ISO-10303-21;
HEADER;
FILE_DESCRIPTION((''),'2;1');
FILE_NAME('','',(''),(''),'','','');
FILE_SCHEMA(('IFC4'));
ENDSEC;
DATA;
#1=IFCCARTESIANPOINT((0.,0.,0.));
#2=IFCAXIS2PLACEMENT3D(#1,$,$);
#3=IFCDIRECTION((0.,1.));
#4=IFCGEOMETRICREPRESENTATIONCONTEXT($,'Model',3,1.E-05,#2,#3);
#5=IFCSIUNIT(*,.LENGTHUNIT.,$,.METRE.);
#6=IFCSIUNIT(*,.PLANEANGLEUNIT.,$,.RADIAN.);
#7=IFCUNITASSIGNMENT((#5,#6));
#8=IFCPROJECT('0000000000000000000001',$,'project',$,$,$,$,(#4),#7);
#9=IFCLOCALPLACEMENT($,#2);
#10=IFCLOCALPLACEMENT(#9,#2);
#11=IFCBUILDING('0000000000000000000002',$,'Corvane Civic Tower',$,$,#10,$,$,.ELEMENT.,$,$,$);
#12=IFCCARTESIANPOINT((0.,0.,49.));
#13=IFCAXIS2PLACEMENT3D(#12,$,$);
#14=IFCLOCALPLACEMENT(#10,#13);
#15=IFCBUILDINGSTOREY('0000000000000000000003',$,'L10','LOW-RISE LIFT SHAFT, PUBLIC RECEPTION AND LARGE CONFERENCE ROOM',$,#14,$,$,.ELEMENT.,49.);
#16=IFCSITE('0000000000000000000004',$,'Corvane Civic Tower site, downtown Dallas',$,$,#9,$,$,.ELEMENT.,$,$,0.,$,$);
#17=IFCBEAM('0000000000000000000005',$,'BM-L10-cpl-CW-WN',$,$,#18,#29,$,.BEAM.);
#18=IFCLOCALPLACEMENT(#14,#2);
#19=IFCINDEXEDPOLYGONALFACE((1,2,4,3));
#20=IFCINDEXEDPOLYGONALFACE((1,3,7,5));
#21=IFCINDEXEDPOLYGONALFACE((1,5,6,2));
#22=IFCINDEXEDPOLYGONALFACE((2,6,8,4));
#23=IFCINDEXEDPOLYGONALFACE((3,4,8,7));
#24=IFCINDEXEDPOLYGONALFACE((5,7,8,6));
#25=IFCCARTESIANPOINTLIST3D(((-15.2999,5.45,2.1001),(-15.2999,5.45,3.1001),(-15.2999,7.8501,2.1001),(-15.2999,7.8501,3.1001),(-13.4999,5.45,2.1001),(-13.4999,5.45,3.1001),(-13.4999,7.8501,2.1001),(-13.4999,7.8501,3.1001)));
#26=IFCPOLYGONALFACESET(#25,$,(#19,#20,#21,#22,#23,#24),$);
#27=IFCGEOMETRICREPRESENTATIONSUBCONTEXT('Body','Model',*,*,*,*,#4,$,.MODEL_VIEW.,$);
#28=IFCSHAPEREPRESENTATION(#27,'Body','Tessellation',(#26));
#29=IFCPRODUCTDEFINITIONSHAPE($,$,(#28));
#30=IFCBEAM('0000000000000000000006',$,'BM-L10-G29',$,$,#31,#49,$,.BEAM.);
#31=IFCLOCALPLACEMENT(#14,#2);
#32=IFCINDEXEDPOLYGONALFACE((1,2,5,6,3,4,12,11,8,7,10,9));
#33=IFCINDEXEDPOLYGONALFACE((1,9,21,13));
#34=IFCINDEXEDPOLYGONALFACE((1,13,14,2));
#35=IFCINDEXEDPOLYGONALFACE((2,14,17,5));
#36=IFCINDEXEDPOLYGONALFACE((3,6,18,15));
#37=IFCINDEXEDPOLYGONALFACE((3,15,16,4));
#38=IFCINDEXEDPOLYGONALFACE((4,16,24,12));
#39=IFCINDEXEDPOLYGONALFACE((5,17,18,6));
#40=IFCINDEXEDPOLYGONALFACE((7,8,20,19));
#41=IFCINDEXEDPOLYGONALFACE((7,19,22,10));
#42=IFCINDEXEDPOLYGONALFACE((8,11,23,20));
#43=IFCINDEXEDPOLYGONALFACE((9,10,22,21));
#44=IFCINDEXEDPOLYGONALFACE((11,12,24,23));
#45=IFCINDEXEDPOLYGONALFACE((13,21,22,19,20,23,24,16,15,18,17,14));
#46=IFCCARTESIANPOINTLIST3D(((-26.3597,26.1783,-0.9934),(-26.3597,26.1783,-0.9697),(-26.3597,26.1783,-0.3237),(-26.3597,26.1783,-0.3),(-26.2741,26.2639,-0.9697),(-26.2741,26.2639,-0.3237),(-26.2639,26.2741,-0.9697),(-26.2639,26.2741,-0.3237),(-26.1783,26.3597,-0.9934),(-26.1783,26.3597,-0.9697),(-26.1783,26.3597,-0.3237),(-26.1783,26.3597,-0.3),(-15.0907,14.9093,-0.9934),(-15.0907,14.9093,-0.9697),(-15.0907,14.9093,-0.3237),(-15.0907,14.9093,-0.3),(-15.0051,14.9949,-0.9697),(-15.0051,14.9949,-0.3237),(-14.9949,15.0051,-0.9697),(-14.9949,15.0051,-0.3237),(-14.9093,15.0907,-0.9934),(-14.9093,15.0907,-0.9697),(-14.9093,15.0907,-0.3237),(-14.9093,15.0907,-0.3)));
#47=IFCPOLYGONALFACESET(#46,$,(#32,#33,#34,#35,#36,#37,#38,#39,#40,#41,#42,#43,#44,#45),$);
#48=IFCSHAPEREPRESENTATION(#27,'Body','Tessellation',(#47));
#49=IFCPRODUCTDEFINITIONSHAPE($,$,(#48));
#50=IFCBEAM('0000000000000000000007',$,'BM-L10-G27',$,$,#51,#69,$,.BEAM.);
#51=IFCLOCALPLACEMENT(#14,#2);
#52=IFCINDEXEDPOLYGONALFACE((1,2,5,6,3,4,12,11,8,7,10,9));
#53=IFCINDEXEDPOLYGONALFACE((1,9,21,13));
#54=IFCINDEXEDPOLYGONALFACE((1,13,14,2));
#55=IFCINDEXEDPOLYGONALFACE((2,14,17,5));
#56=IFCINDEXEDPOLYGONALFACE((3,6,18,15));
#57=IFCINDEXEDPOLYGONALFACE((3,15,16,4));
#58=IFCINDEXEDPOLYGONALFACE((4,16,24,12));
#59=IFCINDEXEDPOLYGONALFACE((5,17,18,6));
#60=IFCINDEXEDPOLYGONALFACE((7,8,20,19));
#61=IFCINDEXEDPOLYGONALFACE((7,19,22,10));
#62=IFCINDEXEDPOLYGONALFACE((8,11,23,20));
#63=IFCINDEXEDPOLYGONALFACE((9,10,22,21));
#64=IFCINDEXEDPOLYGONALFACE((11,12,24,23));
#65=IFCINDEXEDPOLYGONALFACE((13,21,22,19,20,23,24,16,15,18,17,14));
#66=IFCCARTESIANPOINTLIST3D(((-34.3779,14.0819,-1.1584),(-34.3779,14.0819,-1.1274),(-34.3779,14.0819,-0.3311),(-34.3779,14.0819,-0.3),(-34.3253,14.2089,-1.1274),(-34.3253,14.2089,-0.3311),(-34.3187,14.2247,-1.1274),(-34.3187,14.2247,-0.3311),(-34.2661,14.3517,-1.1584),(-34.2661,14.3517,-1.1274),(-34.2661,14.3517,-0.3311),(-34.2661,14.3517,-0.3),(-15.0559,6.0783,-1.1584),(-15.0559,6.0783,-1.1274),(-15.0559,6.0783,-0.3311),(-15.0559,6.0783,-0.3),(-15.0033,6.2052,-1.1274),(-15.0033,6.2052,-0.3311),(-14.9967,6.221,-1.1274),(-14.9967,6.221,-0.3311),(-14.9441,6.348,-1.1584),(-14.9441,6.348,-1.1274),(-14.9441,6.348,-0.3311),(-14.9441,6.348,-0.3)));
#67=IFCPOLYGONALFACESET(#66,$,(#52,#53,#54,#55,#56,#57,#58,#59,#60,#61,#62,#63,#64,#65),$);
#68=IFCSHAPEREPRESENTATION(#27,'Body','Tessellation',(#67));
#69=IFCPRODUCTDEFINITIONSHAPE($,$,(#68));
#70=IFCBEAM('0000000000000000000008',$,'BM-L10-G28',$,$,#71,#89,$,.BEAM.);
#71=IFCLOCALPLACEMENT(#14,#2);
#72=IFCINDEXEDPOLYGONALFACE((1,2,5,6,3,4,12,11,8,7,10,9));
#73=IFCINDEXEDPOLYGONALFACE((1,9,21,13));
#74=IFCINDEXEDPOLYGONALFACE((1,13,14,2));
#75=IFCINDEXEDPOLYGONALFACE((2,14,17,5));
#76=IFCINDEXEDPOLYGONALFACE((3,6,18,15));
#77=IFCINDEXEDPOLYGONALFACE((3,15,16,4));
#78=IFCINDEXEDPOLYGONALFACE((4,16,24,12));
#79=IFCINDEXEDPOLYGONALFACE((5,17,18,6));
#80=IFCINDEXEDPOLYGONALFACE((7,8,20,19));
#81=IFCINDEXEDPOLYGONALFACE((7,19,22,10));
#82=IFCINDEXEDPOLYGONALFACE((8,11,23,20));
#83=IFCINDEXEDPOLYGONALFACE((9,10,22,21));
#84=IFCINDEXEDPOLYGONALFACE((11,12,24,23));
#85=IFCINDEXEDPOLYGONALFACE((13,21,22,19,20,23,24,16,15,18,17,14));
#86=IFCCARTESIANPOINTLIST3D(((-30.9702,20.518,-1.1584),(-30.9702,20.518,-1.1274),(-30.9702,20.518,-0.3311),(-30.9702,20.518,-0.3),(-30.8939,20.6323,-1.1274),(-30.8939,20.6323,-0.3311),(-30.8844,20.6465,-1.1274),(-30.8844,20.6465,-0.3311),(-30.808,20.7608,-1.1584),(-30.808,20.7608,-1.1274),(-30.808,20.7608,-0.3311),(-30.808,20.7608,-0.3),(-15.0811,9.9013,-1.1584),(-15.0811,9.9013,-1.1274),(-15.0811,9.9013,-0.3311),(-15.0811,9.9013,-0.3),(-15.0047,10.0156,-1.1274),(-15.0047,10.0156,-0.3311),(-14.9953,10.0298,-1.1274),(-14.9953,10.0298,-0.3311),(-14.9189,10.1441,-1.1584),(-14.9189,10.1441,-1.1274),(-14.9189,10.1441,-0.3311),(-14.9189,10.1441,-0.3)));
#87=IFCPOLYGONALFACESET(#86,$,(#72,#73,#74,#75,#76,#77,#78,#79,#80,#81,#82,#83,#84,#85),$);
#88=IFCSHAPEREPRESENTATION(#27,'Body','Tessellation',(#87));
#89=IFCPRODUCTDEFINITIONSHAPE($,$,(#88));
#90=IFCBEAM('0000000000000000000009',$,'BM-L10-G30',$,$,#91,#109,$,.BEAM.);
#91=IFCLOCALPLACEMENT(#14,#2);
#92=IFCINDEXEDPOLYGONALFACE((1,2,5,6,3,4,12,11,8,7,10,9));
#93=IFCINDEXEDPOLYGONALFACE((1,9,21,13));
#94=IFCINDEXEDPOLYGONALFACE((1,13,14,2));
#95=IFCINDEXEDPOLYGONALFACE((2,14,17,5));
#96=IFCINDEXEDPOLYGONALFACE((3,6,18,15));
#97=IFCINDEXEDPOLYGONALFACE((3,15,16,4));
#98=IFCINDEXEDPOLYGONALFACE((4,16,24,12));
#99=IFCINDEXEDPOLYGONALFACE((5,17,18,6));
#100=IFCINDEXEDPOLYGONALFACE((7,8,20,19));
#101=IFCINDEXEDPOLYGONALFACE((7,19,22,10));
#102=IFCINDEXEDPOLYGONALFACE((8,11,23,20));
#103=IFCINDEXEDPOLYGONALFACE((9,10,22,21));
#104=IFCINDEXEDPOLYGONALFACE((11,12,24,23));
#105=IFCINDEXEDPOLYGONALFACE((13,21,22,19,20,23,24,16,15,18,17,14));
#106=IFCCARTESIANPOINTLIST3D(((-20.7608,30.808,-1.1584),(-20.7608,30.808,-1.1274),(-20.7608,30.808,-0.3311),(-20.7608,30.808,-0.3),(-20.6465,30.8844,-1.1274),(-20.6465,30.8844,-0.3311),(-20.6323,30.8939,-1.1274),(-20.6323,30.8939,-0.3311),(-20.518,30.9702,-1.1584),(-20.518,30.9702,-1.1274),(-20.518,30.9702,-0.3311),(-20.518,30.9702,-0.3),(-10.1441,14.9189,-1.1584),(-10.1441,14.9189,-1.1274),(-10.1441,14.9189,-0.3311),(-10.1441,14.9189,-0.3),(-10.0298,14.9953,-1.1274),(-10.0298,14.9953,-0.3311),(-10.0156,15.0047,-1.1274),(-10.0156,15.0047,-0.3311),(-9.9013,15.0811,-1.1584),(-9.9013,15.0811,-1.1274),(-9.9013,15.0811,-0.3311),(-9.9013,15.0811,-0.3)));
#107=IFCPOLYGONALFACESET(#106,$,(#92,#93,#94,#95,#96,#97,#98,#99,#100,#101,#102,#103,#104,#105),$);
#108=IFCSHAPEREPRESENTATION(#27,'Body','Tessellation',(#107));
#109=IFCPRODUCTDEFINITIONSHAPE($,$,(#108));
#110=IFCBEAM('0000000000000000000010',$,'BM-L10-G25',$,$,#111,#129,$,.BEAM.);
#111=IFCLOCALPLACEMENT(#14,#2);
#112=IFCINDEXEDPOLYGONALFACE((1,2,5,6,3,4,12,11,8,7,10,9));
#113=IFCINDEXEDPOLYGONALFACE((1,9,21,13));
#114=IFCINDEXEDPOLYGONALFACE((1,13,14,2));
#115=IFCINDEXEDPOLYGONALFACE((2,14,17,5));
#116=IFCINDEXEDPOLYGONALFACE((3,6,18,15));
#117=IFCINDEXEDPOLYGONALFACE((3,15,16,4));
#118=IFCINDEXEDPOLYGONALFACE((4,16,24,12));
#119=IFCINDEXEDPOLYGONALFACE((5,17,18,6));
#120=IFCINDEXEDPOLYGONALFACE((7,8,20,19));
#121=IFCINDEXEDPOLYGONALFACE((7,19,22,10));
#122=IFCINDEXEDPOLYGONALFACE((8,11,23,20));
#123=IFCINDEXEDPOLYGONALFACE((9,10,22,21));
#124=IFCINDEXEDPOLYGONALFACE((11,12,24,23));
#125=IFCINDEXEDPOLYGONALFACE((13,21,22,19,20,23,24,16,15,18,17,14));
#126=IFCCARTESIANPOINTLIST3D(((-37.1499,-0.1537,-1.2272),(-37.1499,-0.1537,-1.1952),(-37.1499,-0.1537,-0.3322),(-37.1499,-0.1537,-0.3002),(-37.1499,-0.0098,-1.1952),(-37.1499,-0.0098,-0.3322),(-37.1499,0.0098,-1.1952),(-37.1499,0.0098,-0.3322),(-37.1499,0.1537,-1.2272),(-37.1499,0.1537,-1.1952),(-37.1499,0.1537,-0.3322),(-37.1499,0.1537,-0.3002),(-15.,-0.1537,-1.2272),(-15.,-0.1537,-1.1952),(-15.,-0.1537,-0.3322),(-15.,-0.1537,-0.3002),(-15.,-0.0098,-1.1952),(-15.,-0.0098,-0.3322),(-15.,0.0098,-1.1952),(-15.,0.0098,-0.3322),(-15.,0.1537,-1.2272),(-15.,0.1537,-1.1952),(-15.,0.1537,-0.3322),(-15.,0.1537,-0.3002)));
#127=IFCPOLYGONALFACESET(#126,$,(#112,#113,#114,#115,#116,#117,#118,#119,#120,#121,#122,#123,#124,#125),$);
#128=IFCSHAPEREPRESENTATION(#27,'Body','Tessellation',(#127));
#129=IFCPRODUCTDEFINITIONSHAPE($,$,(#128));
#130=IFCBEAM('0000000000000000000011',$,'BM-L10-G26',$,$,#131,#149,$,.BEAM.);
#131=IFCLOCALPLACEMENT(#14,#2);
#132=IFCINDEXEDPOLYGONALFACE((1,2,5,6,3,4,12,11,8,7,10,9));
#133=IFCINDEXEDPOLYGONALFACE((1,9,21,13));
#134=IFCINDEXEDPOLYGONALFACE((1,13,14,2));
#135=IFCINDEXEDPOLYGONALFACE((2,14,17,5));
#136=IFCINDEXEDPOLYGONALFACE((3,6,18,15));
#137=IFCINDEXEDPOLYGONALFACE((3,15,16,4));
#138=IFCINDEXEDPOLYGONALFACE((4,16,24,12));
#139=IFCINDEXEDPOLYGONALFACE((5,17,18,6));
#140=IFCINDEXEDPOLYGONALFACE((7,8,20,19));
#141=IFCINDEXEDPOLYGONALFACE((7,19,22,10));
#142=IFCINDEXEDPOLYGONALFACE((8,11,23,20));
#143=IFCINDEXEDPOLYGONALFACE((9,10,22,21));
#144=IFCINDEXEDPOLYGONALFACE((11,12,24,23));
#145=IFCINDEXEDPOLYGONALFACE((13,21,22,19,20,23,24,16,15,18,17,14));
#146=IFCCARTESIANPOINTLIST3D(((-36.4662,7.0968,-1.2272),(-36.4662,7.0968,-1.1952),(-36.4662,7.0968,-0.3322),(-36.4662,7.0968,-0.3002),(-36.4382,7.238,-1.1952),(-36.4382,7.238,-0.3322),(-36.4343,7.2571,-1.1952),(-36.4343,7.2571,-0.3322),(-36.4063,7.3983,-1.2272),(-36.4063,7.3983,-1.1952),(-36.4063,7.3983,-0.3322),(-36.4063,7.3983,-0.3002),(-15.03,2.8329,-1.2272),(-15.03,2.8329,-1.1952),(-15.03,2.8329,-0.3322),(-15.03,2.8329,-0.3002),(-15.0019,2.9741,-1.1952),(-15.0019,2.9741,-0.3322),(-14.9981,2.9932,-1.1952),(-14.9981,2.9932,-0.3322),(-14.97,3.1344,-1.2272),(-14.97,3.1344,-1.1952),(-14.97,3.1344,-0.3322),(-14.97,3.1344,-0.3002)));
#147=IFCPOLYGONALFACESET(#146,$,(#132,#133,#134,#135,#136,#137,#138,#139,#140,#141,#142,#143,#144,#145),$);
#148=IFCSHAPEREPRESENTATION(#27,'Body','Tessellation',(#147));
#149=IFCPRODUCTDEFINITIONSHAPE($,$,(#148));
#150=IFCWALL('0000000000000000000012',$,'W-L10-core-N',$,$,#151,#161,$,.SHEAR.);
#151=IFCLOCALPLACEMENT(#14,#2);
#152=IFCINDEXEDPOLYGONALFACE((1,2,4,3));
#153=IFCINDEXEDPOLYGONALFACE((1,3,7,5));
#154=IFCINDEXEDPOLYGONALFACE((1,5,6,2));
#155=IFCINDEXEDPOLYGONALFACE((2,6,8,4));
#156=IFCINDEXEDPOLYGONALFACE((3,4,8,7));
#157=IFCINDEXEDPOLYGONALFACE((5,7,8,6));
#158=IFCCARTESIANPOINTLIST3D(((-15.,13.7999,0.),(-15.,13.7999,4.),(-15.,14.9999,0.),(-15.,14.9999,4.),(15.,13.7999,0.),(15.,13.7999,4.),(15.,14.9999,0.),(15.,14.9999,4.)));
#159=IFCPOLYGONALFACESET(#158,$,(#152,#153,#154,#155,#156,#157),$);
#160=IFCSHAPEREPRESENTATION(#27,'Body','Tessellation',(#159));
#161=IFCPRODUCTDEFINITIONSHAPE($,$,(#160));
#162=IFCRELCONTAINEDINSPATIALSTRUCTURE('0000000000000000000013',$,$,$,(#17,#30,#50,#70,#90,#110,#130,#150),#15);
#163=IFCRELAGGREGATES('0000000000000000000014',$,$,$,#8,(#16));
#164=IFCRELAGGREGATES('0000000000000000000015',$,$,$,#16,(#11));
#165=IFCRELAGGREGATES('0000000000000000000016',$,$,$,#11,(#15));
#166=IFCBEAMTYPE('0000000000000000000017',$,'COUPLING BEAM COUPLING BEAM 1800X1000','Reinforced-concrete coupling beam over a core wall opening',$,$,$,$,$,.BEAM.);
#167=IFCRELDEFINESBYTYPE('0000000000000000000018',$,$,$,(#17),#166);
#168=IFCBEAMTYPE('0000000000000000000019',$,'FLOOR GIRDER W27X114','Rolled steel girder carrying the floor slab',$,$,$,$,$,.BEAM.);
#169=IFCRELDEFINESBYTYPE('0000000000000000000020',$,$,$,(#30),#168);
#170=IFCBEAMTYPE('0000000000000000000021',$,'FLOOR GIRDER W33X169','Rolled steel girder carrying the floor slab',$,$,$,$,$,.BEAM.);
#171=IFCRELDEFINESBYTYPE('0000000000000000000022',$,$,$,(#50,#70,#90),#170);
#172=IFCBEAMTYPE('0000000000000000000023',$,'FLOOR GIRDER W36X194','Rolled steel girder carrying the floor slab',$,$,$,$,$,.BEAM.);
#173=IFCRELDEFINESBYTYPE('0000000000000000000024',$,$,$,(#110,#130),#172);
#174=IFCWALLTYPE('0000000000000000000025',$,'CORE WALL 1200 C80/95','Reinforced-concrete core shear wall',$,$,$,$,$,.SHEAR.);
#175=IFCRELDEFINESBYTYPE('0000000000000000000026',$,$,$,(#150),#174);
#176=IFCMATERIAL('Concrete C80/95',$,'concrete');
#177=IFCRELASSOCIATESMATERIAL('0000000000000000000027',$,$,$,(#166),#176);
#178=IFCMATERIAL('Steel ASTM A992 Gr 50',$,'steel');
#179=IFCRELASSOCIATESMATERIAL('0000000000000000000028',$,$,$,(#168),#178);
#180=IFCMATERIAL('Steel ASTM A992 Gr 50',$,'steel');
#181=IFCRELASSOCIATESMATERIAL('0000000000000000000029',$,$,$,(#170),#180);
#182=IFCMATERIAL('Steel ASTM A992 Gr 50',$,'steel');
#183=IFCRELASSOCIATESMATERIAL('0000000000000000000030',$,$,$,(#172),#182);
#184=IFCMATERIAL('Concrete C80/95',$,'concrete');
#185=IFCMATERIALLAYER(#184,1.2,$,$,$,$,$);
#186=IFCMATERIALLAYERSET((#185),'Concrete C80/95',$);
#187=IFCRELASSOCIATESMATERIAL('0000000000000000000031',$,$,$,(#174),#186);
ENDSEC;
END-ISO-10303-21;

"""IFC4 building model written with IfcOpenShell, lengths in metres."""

from ifc_helpers import new_model, si_unit, direction, frame, frame_2d, origin, origin_2d, place, context, subcontext, project, spatial, rectangle, i_section, extrude, material, layer, layer_set, material_profile, profile_set, type_object, element, save


model = new_model("IFC4")

# Units and contexts
model_context = context("Model", 3, precision=1e-05, world=origin(), true_north=direction((0.0, 1.0)))
body_context = subcontext(model_context, "Body", "Model", "MODEL_VIEW")
ifc_project = project(units=[si_unit("LENGTHUNIT", "METRE"), si_unit("PLANEANGLEUNIT", "RADIAN")], contexts=[model_context])

# Site, building, storey
site_placement = place(None, origin())
site = spatial("IfcSite", under=ifc_project, at=site_placement, Name="Corvane Civic Tower site, downtown Dallas", CompositionType="ELEMENT", RefElevation=0.0)
building_placement = place(site_placement, origin())
building = spatial("IfcBuilding", under=site, at=building_placement, Name="Corvane Civic Tower", CompositionType="ELEMENT")
storey_placement = place(building_placement, frame((0.0, 0.0, 49.0)))
storey = spatial("IfcBuildingStorey", under=building, at=storey_placement, Name="L10", Description="LOW-RISE LIFT SHAFT, PUBLIC RECEPTION AND LARGE CONFERENCE ROOM", CompositionType="ELEMENT", Elevation=49.0)

# Beams
ifc_material_1 = material(Name="Concrete C80/95", Category="concrete")
ifc_material_profile_1 = material_profile(ifc_material_1, rectangle(XDim=1.8, YDim=1.0, at=origin_2d()), Name="COUPLING BEAM 1800X1000")
ifc_profile_set_1 = profile_set([ifc_material_profile_1], Name="Concrete C80/95")
beam_type_1 = type_object("IfcBeamType", Name="COUPLING BEAM COUPLING BEAM 1800X1000", Description="Reinforced-concrete coupling beam over a core wall opening", PredefinedType="BEAM", material=ifc_profile_set_1)
beam_1_placement = place(storey_placement, frame((-14.3999, 5.45, 2.6001), z_axis=(0.0, 1.0, 0.0), x_axis=(-1.0, 0.0, 0.0)))
element("IfcBeam", 1, at=beam_1_placement, inside=storey, type_object=beam_type_1, Name="BM-L10-cpl-CW-WN", PredefinedType="BEAM", context=body_context, shape_type="SweptSolid", body=[
    extrude(rectangle(XDim=1.8, YDim=1.0, at=origin_2d()), origin(), (0.0, 0.0, 1.0), 2.4001),
])
ifc_material_2 = material(Name="Steel ASTM A992 Gr 50", Category="steel")
ifc_material_profile_2 = material_profile(ifc_material_2, i_section(OverallWidth=0.2566, OverallDepth=0.6934, WebThickness=0.0144, FlangeThickness=0.0237, at=origin_2d()), Name="W27X114")
ifc_profile_set_2 = profile_set([ifc_material_profile_2], Name="Steel ASTM A992 Gr 50")
beam_type_2 = type_object("IfcBeamType", Name="FLOOR GIRDER W27X114", Description="Rolled steel girder carrying the floor slab", PredefinedType="BEAM", material=ifc_profile_set_2)
beam_2_placement = place(storey_placement, frame((-15.0, 15.0, -0.6467), z_axis=(-0.707107, 0.707107, 0.0), x_axis=(-0.707107, -0.707107, 0.0)))
element("IfcBeam", 2, at=beam_2_placement, inside=storey, type_object=beam_type_2, Name="BM-L10-G29", PredefinedType="BEAM", context=body_context, shape_type="SweptSolid", body=[
    extrude(i_section(OverallWidth=0.2566, OverallDepth=0.6934, WebThickness=0.0144, FlangeThickness=0.0237, at=origin_2d()), origin(), (0.0, 0.0, 1.0), 15.9368),
])
ifc_material_3 = material(Name="Steel ASTM A992 Gr 50", Category="steel")
ifc_material_profile_3 = material_profile(ifc_material_3, i_section(OverallWidth=0.292, OverallDepth=0.8584, WebThickness=0.0171, FlangeThickness=0.031, at=origin_2d()), Name="W33X169")
ifc_profile_set_3 = profile_set([ifc_material_profile_3], Name="Steel ASTM A992 Gr 50")
beam_type_3 = type_object("IfcBeamType", Name="FLOOR GIRDER W33X169", Description="Rolled steel girder carrying the floor slab", PredefinedType="BEAM", material=ifc_profile_set_3)
beam_3_placement = place(storey_placement, frame((-15.0, 6.2131, -0.7292), z_axis=(-0.923876, 0.382692, 0.0), x_axis=(-0.382692, -0.923876, 0.0)))
element("IfcBeam", 3, at=beam_3_placement, inside=storey, type_object=beam_type_3, Name="BM-L10-G27", PredefinedType="BEAM", context=body_context, shape_type="SweptSolid", body=[
    extrude(i_section(OverallWidth=0.292, OverallDepth=0.8584, WebThickness=0.0171, FlangeThickness=0.031, at=origin_2d()), origin(), (0.0, 0.0, 1.0), 20.9141),
])
for number, where, z_axis, x_axis, name in (
    (4, (-15.0, 10.0227, -0.7292), (-0.831472, 0.555567, 0.0), (-0.555567, -0.831472, 0.0), "BM-L10-G28"),
    (5, (-10.0227, 15.0, -0.7292), (-0.555567, 0.831472, 0.0), (-0.831472, -0.555567, 0.0), "BM-L10-G30"),
):
    element("IfcBeam", number, at=place(storey_placement, frame(where, z_axis=z_axis, x_axis=x_axis)), inside=storey, type_object=beam_type_3, Name=name, PredefinedType="BEAM", context=body_context, shape_type="SweptSolid", body=[
        extrude(i_section(OverallWidth=0.292, OverallDepth=0.8584, WebThickness=0.0171, FlangeThickness=0.031, at=origin_2d()), origin(), (0.0, 0.0, 1.0), 19.1096),
    ])
ifc_material_4 = material(Name="Steel ASTM A992 Gr 50", Category="steel")
ifc_material_profile_4 = material_profile(ifc_material_4, i_section(OverallWidth=0.3074, OverallDepth=0.927, WebThickness=0.0195, FlangeThickness=0.032, at=origin_2d()), Name="W36X194")
ifc_profile_set_4 = profile_set([ifc_material_profile_4], Name="Steel ASTM A992 Gr 50")
beam_type_4 = type_object("IfcBeamType", Name="FLOOR GIRDER W36X194", Description="Rolled steel girder carrying the floor slab", PredefinedType="BEAM", material=ifc_profile_set_4)
beam_4_placement = place(storey_placement, frame((-15.0, 0.0, -0.7637), z_axis=(-1.0, 0.0, 0.0), x_axis=(0.0, -1.0, 0.0)))
element("IfcBeam", 6, at=beam_4_placement, inside=storey, type_object=beam_type_4, Name="BM-L10-G25", PredefinedType="BEAM", context=body_context, shape_type="SweptSolid", body=[
    extrude(i_section(OverallWidth=0.3074, OverallDepth=0.927, WebThickness=0.0195, FlangeThickness=0.032, at=origin_2d()), origin(), (0.0, 0.0, 1.0), 22.1499),
])
beam_5_placement = place(storey_placement, frame((-15.0, 2.9836, -0.7637), z_axis=(-0.980785, 0.195089, 0.0), x_axis=(-0.195089, -0.980785, 0.0)))
element("IfcBeam", 7, at=beam_5_placement, inside=storey, type_object=beam_type_4, Name="BM-L10-G26", PredefinedType="BEAM", context=body_context, shape_type="SweptSolid", body=[
    extrude(i_section(OverallWidth=0.3074, OverallDepth=0.927, WebThickness=0.0195, FlangeThickness=0.032, at=origin_2d()), origin(), (0.0, 0.0, 1.0), 21.8562),
])

# Wall
ifc_material_5 = material(Name="Concrete C80/95", Category="concrete")
ifc_layer_1 = layer(ifc_material_5, 1.2)
ifc_layer_set_1 = layer_set([ifc_layer_1], Name="Concrete C80/95")
wall_type_1 = type_object("IfcWallType", Name="CORE WALL 1200 C80/95", Description="Reinforced-concrete core shear wall", PredefinedType="SHEAR", material=ifc_layer_set_1)
wall_1_placement = place(storey_placement, frame((-15.0, 14.3999, 0.0), z_axis=(0.0, 0.0, 1.0), x_axis=(1.0, 0.0, 0.0)))
element("IfcWall", 8, at=wall_1_placement, inside=storey, type_object=wall_type_1, Name="W-L10-core-N", PredefinedType="SHEAR", context=body_context, shape_type="SweptSolid", body=[
    extrude(rectangle(XDim=30.0, YDim=1.2, at=frame_2d((15.0, 0.0))), origin(), (0.0, 0.0, 1.0), 4.0),
])

save(model, "model.ifc")
